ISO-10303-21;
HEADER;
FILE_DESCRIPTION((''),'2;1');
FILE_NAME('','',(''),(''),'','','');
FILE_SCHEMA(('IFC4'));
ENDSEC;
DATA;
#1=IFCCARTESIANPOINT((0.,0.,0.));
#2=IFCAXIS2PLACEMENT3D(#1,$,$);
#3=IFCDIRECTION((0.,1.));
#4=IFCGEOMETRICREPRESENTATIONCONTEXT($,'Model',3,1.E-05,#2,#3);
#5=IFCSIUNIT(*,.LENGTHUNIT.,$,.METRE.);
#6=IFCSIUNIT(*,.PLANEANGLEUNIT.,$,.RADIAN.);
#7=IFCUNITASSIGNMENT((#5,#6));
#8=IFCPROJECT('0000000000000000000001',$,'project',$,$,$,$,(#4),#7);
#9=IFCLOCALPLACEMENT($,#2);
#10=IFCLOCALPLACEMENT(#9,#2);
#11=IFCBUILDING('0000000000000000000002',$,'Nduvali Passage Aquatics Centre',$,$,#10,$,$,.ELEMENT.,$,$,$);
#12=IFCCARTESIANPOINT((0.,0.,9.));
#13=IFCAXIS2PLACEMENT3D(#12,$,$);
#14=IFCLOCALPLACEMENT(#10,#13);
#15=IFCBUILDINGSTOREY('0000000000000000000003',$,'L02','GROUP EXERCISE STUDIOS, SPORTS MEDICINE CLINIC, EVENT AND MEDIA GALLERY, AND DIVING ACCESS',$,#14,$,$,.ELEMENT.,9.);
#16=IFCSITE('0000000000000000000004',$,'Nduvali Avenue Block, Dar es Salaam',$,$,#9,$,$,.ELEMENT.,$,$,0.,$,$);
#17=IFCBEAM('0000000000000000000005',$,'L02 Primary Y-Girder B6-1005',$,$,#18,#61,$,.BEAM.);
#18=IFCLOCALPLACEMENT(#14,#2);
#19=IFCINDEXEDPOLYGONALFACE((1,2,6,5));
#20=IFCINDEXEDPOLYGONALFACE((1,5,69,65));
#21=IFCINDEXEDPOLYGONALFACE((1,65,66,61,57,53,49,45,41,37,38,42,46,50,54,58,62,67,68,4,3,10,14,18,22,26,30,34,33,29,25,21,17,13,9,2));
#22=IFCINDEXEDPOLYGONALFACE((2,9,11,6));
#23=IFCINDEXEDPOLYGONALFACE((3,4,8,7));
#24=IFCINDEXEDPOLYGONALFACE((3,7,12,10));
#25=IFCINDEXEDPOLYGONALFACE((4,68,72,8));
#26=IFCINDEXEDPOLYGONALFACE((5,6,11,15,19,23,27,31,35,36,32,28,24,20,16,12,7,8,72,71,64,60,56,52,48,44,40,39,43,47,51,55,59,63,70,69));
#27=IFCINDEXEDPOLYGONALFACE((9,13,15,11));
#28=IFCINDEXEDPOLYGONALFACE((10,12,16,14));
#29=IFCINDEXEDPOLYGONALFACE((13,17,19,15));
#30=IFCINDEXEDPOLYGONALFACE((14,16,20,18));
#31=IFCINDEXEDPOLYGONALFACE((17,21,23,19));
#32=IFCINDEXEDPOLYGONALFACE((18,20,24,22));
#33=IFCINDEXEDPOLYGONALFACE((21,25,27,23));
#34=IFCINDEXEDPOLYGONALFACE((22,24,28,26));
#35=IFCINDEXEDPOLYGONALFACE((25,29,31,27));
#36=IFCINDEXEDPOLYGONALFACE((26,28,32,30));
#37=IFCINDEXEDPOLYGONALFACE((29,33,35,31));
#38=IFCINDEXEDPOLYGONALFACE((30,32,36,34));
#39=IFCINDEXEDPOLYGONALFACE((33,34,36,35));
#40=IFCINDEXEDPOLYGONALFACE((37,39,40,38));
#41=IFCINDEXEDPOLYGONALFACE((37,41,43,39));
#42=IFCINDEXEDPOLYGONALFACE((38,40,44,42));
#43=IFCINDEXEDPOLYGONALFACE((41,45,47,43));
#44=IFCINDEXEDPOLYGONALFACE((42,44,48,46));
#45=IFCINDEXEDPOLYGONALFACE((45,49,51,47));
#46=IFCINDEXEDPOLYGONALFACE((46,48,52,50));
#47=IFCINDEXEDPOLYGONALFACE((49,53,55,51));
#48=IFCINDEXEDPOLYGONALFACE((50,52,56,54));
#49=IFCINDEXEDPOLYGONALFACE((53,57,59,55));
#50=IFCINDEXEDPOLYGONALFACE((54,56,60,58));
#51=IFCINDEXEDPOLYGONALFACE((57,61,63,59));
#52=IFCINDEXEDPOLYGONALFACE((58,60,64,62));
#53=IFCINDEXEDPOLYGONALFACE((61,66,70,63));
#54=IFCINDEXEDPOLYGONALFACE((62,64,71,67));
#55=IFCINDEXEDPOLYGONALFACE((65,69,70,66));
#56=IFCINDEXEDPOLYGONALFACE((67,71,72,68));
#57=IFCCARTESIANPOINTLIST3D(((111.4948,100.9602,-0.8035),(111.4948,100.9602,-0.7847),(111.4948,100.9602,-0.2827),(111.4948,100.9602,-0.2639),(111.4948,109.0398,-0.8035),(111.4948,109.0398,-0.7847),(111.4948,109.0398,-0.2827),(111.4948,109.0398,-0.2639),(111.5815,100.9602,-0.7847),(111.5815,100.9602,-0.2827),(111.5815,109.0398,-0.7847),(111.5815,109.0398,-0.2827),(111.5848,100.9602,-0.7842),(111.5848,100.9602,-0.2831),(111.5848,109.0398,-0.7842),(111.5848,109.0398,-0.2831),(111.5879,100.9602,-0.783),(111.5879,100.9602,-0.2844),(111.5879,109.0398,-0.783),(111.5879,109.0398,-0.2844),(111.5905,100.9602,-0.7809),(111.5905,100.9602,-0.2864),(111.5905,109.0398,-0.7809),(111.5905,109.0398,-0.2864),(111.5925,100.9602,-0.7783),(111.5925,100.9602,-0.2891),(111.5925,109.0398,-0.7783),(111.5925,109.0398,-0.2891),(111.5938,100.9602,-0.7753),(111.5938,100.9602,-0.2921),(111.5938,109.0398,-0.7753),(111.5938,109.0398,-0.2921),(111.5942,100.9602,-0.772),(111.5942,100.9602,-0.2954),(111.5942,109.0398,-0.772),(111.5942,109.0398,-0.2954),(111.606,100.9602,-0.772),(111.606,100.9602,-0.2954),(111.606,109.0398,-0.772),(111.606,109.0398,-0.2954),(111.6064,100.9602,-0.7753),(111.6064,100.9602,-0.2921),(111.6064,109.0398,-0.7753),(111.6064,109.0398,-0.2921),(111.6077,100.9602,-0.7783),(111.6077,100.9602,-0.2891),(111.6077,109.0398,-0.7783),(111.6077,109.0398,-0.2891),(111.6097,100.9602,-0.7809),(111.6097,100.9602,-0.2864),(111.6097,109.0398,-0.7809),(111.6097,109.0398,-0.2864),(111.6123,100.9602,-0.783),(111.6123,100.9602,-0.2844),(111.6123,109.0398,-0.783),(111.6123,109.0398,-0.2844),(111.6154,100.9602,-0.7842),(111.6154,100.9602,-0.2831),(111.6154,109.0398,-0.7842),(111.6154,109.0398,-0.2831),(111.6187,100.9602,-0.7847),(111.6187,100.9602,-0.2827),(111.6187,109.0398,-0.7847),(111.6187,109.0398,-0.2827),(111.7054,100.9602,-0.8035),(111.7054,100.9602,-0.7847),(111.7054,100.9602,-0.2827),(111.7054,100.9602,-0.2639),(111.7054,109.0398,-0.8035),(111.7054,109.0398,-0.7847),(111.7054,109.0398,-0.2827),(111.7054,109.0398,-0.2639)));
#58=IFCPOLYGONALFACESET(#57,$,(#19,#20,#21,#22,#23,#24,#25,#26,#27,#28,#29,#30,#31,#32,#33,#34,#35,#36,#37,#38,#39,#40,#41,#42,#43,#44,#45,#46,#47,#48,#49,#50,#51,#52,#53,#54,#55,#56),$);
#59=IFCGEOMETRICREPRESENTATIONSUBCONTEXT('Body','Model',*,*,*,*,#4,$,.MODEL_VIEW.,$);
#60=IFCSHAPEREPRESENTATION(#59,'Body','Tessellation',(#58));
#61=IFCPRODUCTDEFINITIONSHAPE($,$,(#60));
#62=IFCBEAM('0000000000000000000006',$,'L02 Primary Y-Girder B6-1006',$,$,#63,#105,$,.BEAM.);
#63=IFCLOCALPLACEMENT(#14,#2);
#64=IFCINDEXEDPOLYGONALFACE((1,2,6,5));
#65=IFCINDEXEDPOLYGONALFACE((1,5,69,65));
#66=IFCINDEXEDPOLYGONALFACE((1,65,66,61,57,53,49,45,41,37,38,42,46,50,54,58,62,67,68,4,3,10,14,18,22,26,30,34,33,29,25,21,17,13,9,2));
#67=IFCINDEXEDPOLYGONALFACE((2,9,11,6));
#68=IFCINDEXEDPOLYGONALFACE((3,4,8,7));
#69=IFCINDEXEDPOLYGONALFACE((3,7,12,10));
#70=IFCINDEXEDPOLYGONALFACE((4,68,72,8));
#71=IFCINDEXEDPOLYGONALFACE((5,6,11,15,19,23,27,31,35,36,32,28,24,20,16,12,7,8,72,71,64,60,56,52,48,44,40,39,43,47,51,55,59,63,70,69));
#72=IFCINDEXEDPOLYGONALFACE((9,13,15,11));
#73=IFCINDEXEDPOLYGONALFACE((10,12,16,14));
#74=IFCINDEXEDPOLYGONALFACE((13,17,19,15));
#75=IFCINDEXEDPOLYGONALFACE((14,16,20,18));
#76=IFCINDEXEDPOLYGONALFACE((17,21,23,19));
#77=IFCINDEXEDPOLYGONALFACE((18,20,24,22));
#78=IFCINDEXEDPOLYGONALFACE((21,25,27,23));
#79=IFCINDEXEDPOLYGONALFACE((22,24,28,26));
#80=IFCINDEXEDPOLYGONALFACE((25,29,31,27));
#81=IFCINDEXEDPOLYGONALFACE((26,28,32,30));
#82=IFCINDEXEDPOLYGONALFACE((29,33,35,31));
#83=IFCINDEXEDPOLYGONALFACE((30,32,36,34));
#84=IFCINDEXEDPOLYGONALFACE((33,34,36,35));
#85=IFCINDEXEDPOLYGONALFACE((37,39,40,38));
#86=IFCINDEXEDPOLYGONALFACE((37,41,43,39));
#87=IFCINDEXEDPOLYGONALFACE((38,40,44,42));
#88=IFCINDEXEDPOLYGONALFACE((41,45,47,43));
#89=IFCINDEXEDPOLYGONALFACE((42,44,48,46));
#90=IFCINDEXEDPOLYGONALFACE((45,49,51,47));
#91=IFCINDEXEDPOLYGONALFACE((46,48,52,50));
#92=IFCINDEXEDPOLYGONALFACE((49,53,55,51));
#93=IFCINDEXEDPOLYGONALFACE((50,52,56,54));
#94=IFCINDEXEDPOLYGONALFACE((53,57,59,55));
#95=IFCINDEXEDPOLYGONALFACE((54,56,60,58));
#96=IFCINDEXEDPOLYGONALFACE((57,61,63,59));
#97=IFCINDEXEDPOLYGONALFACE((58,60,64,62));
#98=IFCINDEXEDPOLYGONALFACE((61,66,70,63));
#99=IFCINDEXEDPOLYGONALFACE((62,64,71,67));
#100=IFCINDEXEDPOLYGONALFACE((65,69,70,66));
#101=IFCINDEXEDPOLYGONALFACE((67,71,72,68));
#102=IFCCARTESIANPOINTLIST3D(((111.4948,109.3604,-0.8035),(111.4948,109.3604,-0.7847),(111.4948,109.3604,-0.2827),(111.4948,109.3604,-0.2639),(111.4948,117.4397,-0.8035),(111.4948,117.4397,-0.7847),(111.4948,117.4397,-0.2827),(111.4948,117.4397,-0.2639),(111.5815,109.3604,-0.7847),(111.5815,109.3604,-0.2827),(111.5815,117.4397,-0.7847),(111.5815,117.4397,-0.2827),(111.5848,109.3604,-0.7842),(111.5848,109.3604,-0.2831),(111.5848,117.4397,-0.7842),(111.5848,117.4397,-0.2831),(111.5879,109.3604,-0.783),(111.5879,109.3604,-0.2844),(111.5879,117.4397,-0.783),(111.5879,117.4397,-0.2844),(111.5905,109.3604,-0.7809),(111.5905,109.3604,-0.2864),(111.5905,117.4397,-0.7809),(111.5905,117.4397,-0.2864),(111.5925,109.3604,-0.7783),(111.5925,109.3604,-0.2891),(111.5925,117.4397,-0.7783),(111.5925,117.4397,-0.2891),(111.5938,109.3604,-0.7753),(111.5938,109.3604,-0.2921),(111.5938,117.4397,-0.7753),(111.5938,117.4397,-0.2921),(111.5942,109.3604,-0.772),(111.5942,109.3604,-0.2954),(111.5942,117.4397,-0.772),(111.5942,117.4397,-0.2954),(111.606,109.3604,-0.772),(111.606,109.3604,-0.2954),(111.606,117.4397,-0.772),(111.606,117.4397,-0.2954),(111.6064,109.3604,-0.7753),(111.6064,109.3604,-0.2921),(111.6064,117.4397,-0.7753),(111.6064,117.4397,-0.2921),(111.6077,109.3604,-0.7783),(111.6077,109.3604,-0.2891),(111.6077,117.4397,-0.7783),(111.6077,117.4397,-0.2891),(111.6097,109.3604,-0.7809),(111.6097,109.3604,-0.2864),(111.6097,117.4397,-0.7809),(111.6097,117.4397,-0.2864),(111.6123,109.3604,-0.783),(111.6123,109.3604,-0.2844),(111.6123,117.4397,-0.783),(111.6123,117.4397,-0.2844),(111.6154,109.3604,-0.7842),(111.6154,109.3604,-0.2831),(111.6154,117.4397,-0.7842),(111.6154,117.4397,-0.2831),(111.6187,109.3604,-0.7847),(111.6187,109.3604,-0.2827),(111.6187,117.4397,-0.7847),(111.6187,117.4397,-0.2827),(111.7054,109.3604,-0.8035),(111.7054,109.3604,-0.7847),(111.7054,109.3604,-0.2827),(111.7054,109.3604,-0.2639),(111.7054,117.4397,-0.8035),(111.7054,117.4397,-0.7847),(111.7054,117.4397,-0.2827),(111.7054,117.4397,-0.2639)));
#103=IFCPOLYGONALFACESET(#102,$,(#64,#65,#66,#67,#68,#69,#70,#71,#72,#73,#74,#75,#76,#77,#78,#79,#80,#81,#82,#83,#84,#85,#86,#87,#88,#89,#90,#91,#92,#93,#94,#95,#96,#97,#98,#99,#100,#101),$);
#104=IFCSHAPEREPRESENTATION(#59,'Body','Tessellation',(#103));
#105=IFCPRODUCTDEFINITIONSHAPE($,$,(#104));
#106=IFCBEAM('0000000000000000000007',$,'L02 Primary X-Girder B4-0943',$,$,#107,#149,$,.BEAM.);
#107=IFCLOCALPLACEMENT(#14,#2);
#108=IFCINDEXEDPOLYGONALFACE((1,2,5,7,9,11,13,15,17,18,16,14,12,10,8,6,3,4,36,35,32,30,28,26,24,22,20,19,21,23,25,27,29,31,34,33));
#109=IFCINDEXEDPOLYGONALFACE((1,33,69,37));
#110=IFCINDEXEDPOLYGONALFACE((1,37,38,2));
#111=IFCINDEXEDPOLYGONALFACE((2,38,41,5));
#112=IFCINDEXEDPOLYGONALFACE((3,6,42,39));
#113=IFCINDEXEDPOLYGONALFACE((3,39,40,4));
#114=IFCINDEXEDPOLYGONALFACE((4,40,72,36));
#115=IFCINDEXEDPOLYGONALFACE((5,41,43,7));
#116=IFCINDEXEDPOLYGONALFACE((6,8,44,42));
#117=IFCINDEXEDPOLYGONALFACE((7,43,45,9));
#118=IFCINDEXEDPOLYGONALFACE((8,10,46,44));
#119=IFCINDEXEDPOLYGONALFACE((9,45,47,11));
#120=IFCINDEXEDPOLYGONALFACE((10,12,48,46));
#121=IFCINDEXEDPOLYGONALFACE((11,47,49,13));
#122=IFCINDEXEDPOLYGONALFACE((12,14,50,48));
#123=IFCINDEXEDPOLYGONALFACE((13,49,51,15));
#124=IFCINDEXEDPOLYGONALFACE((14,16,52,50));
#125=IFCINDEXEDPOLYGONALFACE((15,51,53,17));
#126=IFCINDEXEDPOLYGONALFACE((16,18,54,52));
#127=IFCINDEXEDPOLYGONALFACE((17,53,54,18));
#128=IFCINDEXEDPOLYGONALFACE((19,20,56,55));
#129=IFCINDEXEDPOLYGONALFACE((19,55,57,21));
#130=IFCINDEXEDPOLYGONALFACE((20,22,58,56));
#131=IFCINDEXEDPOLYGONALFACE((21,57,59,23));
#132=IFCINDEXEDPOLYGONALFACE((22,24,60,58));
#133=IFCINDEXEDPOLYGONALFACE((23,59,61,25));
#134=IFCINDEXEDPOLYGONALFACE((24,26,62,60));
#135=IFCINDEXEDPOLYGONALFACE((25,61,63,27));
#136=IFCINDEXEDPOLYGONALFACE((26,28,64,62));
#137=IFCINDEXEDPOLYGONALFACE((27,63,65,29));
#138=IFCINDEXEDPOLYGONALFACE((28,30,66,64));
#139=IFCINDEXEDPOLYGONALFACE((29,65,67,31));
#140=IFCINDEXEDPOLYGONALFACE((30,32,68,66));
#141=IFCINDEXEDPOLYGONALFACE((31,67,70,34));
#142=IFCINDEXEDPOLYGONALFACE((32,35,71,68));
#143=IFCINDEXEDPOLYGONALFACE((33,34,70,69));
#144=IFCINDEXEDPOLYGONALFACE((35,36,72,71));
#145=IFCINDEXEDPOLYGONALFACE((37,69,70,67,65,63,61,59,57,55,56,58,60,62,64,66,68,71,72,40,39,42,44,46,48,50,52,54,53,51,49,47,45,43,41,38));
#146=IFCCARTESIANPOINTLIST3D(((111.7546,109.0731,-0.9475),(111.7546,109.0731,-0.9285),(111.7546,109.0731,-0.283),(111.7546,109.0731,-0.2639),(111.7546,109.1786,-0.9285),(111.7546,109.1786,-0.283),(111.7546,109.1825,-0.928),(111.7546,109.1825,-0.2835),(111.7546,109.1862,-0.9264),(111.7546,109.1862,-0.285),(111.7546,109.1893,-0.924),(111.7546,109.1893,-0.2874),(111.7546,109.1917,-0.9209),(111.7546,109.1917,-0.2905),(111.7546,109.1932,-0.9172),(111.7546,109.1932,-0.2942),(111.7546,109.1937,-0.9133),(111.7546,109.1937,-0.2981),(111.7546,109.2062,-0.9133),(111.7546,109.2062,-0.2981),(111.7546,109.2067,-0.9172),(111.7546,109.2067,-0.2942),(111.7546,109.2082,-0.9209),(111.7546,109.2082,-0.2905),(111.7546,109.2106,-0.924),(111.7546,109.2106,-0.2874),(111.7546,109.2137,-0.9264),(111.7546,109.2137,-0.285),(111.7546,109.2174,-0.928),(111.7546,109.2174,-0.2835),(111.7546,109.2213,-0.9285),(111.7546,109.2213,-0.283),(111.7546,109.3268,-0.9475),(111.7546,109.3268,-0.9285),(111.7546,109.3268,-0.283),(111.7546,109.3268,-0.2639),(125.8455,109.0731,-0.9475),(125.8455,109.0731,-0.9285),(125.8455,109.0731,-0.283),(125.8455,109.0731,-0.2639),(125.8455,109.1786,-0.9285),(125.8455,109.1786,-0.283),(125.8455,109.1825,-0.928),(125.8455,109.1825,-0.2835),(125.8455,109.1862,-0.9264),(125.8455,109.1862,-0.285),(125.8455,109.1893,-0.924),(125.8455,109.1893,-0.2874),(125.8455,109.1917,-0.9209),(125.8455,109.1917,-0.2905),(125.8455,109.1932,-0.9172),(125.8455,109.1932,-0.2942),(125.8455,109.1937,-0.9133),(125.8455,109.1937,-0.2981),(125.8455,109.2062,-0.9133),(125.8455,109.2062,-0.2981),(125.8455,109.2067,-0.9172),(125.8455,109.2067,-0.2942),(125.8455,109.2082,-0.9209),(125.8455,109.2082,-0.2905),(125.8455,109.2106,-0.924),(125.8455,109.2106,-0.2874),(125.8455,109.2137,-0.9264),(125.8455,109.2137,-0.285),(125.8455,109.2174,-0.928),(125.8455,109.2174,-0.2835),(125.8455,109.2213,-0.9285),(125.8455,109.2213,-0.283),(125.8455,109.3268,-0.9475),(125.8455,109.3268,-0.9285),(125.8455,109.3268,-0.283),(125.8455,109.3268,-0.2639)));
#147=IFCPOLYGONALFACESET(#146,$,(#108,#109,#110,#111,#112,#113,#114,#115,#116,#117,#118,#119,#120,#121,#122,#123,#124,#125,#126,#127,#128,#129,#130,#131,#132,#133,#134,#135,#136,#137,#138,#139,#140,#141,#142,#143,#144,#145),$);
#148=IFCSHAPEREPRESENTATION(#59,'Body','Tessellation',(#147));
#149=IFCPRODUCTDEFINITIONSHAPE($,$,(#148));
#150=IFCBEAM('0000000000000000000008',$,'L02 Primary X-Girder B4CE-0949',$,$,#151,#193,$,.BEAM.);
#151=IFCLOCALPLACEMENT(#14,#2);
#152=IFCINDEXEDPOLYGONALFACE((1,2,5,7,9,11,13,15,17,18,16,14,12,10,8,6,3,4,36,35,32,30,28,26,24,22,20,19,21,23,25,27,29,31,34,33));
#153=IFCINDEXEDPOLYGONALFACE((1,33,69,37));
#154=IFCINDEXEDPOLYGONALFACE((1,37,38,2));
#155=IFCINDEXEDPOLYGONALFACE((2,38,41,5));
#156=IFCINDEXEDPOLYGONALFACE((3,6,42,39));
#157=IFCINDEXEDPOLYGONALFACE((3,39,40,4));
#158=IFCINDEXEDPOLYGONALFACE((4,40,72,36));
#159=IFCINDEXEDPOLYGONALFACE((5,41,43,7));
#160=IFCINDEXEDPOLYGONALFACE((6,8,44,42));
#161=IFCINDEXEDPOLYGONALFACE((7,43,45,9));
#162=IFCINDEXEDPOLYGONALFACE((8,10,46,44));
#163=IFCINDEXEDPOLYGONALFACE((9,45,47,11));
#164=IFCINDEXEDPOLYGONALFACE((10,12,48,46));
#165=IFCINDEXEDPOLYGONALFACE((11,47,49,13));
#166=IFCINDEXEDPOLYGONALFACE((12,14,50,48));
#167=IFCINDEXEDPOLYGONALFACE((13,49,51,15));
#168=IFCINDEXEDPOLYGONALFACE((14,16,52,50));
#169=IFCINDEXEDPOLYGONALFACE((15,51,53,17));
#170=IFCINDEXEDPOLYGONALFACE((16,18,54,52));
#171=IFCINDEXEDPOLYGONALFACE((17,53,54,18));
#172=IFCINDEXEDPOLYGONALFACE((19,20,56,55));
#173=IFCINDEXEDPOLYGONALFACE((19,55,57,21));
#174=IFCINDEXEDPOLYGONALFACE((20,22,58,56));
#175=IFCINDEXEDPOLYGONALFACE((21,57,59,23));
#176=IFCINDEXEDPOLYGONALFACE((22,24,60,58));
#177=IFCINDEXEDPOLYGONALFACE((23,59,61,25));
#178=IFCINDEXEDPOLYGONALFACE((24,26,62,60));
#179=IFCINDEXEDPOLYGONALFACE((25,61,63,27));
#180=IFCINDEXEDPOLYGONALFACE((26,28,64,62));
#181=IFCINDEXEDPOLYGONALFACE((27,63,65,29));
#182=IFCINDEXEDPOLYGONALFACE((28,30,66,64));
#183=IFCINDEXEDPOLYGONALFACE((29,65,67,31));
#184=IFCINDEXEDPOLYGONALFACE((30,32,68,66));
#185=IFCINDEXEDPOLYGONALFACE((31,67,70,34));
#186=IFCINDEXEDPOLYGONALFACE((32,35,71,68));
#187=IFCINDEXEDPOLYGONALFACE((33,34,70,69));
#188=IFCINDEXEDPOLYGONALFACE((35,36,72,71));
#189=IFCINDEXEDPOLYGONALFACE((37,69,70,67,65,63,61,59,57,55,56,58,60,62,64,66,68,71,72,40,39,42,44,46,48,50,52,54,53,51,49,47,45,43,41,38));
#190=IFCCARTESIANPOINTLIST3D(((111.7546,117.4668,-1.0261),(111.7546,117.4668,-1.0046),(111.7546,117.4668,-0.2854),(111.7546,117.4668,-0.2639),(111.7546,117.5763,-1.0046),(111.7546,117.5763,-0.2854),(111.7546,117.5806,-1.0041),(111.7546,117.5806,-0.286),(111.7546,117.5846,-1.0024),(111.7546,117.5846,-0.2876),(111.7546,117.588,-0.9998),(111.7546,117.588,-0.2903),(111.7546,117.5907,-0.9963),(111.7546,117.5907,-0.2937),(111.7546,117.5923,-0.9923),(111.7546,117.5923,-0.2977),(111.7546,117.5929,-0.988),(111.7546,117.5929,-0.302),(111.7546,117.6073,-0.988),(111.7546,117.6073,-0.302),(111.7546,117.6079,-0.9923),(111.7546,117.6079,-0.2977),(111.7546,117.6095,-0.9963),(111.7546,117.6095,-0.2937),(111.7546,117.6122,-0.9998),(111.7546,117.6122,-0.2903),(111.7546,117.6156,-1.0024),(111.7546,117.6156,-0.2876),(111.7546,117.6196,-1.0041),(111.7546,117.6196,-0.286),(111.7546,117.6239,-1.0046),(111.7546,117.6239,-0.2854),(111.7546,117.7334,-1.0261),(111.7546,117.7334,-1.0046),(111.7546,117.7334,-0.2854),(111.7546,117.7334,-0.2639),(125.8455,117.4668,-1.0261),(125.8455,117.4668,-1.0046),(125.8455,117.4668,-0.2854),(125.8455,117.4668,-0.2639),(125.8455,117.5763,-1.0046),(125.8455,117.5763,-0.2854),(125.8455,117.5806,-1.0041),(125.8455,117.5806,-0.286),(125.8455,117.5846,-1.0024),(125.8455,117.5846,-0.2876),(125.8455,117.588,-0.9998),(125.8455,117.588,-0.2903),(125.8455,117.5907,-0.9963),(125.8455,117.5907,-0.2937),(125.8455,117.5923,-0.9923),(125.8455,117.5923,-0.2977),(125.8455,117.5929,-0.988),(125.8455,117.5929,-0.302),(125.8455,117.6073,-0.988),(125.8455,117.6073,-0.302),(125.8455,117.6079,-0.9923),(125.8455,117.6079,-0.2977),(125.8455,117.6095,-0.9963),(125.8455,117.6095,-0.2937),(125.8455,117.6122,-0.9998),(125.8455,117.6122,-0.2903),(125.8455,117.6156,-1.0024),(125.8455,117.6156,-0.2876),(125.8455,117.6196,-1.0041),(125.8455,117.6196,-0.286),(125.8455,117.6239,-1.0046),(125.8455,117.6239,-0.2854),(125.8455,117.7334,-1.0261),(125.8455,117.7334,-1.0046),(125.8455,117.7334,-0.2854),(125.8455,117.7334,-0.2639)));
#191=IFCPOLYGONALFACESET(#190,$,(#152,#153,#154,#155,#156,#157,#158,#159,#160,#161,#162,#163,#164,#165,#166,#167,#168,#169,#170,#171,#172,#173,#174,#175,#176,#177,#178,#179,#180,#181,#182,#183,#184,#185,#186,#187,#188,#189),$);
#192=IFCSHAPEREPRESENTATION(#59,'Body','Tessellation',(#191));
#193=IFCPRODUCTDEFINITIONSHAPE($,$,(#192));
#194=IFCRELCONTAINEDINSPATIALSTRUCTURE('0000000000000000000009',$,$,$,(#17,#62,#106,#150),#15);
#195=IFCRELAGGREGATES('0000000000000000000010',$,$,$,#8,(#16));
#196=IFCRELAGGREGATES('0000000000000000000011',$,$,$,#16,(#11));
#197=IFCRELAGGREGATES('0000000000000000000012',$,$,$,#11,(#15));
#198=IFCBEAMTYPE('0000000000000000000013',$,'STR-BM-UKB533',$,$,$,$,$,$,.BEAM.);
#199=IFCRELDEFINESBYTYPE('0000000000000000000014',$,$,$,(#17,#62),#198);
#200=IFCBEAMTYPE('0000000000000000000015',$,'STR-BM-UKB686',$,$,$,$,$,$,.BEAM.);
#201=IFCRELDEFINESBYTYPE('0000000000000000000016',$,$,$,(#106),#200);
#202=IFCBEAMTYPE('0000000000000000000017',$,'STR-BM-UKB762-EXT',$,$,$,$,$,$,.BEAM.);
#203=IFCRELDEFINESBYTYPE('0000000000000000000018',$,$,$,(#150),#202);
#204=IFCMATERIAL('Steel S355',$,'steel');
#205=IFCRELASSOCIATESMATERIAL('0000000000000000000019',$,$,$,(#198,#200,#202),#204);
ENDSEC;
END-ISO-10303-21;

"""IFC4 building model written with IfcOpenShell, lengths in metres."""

from ifc_helpers import new_model, si_unit, direction, frame, origin, origin_2d, place, context, subcontext, project, spatial, i_section, extrude, material, material_profile, profile_set, type_object, element, save


model = new_model("IFC4")

# Units and contexts
model_context = context("Model", 3, precision=1e-05, world=origin(), true_north=direction((0.0, 1.0)))
body_context = subcontext(model_context, "Body", "Model", "MODEL_VIEW")
ifc_project = project(units=[si_unit("LENGTHUNIT", "METRE"), si_unit("PLANEANGLEUNIT", "RADIAN")], contexts=[model_context])

# Site, building, storey
site_placement = place(None, origin())
site = spatial("IfcSite", under=ifc_project, at=site_placement, Name="Nduvali Avenue Block, Dar es Salaam", CompositionType="ELEMENT", RefElevation=0.0)
building_placement = place(site_placement, origin())
building = spatial("IfcBuilding", under=site, at=building_placement, Name="Nduvali Passage Aquatics Centre", CompositionType="ELEMENT")
storey_placement = place(building_placement, frame((0.0, 0.0, 9.0)))
storey = spatial("IfcBuildingStorey", under=building, at=storey_placement, Name="L02", Description="GROUP EXERCISE STUDIOS, SPORTS MEDICINE CLINIC, EVENT AND MEDIA GALLERY, AND DIVING ACCESS", CompositionType="ELEMENT", Elevation=9.0)

# Shared definitions
ifc_material_1 = material(Name="Steel S355", Category="steel")

# Beams
ifc_material_profile_1 = material_profile(ifc_material_1, i_section(OverallWidth=0.2107, OverallDepth=0.5396, WebThickness=0.0117, FlangeThickness=0.0188, FilletRadius=0.0127, at=origin_2d()), Name="UKB 533x210x109")
ifc_profile_set_1 = profile_set([ifc_material_profile_1], Name="Steel S355")
beam_type_1 = type_object("IfcBeamType", Name="STR-BM-UKB533", PredefinedType="BEAM", material=ifc_profile_set_1)
beam_1_placement = place(storey_placement, frame((111.6001, 100.9602, -0.5337), z_axis=(0.0, 1.0, 0.0), x_axis=(-1.0, 0.0, 0.0)))
element("IfcBeam", 1, at=beam_1_placement, inside=storey, type_object=beam_type_1, Name="L02 Primary Y-Girder B6-1005", PredefinedType="BEAM", context=body_context, shape_type="SweptSolid", body=[
    extrude(i_section(OverallWidth=0.2107, OverallDepth=0.5396, WebThickness=0.0117, FlangeThickness=0.0188, FilletRadius=0.0127, at=origin_2d()), origin(), (0.0, 0.0, 1.0), 8.0796),
])
beam_2_placement = place(storey_placement, frame((111.6001, 109.3604, -0.5337), z_axis=(0.0, 1.0, 0.0), x_axis=(-1.0, 0.0, 0.0)))
element("IfcBeam", 2, at=beam_2_placement, inside=storey, type_object=beam_type_1, Name="L02 Primary Y-Girder B6-1006", PredefinedType="BEAM", context=body_context, shape_type="SweptSolid", body=[
    extrude(i_section(OverallWidth=0.2107, OverallDepth=0.5396, WebThickness=0.0117, FlangeThickness=0.0188, FilletRadius=0.0127, at=origin_2d()), origin(), (0.0, 0.0, 1.0), 8.0793),
])
ifc_material_profile_2 = material_profile(ifc_material_1, i_section(OverallWidth=0.2537, OverallDepth=0.6836, WebThickness=0.0125, FlangeThickness=0.019, FilletRadius=0.0151, at=origin_2d()), Name="UKB 686x254x140")
ifc_profile_set_2 = profile_set([ifc_material_profile_2], Name="Steel S355")
beam_type_2 = type_object("IfcBeamType", Name="STR-BM-UKB686", PredefinedType="BEAM", material=ifc_profile_set_2)
beam_3_placement = place(storey_placement, frame((111.7546, 109.2, -0.6057), z_axis=(1.0, 0.0, 0.0), x_axis=(0.0, 1.0, 0.0)))
element("IfcBeam", 3, at=beam_3_placement, inside=storey, type_object=beam_type_2, Name="L02 Primary X-Girder B4-0943", PredefinedType="BEAM", context=body_context, shape_type="SweptSolid", body=[
    extrude(i_section(OverallWidth=0.2537, OverallDepth=0.6836, WebThickness=0.0125, FlangeThickness=0.019, FilletRadius=0.0151, at=origin_2d()), origin(), (0.0, 0.0, 1.0), 14.0908),
])
ifc_material_profile_3 = material_profile(ifc_material_1, i_section(OverallWidth=0.2666, OverallDepth=0.7622, WebThickness=0.0144, FlangeThickness=0.0215, FilletRadius=0.0166, at=origin_2d()), Name="UKB 762x267x173")
ifc_profile_set_3 = profile_set([ifc_material_profile_3], Name="Steel S355")
beam_type_3 = type_object("IfcBeamType", Name="STR-BM-UKB762-EXT", PredefinedType="BEAM", material=ifc_profile_set_3)
beam_4_placement = place(storey_placement, frame((111.7546, 117.6001, -0.645), z_axis=(1.0, 0.0, 0.0), x_axis=(0.0, 1.0, 0.0)))
element("IfcBeam", 4, at=beam_4_placement, inside=storey, type_object=beam_type_3, Name="L02 Primary X-Girder B4CE-0949", PredefinedType="BEAM", context=body_context, shape_type="SweptSolid", body=[
    extrude(i_section(OverallWidth=0.2666, OverallDepth=0.7622, WebThickness=0.0144, FlangeThickness=0.0215, FilletRadius=0.0166, at=origin_2d()), origin(), (0.0, 0.0, 1.0), 14.0908),
])

save(model, "model.ifc")
